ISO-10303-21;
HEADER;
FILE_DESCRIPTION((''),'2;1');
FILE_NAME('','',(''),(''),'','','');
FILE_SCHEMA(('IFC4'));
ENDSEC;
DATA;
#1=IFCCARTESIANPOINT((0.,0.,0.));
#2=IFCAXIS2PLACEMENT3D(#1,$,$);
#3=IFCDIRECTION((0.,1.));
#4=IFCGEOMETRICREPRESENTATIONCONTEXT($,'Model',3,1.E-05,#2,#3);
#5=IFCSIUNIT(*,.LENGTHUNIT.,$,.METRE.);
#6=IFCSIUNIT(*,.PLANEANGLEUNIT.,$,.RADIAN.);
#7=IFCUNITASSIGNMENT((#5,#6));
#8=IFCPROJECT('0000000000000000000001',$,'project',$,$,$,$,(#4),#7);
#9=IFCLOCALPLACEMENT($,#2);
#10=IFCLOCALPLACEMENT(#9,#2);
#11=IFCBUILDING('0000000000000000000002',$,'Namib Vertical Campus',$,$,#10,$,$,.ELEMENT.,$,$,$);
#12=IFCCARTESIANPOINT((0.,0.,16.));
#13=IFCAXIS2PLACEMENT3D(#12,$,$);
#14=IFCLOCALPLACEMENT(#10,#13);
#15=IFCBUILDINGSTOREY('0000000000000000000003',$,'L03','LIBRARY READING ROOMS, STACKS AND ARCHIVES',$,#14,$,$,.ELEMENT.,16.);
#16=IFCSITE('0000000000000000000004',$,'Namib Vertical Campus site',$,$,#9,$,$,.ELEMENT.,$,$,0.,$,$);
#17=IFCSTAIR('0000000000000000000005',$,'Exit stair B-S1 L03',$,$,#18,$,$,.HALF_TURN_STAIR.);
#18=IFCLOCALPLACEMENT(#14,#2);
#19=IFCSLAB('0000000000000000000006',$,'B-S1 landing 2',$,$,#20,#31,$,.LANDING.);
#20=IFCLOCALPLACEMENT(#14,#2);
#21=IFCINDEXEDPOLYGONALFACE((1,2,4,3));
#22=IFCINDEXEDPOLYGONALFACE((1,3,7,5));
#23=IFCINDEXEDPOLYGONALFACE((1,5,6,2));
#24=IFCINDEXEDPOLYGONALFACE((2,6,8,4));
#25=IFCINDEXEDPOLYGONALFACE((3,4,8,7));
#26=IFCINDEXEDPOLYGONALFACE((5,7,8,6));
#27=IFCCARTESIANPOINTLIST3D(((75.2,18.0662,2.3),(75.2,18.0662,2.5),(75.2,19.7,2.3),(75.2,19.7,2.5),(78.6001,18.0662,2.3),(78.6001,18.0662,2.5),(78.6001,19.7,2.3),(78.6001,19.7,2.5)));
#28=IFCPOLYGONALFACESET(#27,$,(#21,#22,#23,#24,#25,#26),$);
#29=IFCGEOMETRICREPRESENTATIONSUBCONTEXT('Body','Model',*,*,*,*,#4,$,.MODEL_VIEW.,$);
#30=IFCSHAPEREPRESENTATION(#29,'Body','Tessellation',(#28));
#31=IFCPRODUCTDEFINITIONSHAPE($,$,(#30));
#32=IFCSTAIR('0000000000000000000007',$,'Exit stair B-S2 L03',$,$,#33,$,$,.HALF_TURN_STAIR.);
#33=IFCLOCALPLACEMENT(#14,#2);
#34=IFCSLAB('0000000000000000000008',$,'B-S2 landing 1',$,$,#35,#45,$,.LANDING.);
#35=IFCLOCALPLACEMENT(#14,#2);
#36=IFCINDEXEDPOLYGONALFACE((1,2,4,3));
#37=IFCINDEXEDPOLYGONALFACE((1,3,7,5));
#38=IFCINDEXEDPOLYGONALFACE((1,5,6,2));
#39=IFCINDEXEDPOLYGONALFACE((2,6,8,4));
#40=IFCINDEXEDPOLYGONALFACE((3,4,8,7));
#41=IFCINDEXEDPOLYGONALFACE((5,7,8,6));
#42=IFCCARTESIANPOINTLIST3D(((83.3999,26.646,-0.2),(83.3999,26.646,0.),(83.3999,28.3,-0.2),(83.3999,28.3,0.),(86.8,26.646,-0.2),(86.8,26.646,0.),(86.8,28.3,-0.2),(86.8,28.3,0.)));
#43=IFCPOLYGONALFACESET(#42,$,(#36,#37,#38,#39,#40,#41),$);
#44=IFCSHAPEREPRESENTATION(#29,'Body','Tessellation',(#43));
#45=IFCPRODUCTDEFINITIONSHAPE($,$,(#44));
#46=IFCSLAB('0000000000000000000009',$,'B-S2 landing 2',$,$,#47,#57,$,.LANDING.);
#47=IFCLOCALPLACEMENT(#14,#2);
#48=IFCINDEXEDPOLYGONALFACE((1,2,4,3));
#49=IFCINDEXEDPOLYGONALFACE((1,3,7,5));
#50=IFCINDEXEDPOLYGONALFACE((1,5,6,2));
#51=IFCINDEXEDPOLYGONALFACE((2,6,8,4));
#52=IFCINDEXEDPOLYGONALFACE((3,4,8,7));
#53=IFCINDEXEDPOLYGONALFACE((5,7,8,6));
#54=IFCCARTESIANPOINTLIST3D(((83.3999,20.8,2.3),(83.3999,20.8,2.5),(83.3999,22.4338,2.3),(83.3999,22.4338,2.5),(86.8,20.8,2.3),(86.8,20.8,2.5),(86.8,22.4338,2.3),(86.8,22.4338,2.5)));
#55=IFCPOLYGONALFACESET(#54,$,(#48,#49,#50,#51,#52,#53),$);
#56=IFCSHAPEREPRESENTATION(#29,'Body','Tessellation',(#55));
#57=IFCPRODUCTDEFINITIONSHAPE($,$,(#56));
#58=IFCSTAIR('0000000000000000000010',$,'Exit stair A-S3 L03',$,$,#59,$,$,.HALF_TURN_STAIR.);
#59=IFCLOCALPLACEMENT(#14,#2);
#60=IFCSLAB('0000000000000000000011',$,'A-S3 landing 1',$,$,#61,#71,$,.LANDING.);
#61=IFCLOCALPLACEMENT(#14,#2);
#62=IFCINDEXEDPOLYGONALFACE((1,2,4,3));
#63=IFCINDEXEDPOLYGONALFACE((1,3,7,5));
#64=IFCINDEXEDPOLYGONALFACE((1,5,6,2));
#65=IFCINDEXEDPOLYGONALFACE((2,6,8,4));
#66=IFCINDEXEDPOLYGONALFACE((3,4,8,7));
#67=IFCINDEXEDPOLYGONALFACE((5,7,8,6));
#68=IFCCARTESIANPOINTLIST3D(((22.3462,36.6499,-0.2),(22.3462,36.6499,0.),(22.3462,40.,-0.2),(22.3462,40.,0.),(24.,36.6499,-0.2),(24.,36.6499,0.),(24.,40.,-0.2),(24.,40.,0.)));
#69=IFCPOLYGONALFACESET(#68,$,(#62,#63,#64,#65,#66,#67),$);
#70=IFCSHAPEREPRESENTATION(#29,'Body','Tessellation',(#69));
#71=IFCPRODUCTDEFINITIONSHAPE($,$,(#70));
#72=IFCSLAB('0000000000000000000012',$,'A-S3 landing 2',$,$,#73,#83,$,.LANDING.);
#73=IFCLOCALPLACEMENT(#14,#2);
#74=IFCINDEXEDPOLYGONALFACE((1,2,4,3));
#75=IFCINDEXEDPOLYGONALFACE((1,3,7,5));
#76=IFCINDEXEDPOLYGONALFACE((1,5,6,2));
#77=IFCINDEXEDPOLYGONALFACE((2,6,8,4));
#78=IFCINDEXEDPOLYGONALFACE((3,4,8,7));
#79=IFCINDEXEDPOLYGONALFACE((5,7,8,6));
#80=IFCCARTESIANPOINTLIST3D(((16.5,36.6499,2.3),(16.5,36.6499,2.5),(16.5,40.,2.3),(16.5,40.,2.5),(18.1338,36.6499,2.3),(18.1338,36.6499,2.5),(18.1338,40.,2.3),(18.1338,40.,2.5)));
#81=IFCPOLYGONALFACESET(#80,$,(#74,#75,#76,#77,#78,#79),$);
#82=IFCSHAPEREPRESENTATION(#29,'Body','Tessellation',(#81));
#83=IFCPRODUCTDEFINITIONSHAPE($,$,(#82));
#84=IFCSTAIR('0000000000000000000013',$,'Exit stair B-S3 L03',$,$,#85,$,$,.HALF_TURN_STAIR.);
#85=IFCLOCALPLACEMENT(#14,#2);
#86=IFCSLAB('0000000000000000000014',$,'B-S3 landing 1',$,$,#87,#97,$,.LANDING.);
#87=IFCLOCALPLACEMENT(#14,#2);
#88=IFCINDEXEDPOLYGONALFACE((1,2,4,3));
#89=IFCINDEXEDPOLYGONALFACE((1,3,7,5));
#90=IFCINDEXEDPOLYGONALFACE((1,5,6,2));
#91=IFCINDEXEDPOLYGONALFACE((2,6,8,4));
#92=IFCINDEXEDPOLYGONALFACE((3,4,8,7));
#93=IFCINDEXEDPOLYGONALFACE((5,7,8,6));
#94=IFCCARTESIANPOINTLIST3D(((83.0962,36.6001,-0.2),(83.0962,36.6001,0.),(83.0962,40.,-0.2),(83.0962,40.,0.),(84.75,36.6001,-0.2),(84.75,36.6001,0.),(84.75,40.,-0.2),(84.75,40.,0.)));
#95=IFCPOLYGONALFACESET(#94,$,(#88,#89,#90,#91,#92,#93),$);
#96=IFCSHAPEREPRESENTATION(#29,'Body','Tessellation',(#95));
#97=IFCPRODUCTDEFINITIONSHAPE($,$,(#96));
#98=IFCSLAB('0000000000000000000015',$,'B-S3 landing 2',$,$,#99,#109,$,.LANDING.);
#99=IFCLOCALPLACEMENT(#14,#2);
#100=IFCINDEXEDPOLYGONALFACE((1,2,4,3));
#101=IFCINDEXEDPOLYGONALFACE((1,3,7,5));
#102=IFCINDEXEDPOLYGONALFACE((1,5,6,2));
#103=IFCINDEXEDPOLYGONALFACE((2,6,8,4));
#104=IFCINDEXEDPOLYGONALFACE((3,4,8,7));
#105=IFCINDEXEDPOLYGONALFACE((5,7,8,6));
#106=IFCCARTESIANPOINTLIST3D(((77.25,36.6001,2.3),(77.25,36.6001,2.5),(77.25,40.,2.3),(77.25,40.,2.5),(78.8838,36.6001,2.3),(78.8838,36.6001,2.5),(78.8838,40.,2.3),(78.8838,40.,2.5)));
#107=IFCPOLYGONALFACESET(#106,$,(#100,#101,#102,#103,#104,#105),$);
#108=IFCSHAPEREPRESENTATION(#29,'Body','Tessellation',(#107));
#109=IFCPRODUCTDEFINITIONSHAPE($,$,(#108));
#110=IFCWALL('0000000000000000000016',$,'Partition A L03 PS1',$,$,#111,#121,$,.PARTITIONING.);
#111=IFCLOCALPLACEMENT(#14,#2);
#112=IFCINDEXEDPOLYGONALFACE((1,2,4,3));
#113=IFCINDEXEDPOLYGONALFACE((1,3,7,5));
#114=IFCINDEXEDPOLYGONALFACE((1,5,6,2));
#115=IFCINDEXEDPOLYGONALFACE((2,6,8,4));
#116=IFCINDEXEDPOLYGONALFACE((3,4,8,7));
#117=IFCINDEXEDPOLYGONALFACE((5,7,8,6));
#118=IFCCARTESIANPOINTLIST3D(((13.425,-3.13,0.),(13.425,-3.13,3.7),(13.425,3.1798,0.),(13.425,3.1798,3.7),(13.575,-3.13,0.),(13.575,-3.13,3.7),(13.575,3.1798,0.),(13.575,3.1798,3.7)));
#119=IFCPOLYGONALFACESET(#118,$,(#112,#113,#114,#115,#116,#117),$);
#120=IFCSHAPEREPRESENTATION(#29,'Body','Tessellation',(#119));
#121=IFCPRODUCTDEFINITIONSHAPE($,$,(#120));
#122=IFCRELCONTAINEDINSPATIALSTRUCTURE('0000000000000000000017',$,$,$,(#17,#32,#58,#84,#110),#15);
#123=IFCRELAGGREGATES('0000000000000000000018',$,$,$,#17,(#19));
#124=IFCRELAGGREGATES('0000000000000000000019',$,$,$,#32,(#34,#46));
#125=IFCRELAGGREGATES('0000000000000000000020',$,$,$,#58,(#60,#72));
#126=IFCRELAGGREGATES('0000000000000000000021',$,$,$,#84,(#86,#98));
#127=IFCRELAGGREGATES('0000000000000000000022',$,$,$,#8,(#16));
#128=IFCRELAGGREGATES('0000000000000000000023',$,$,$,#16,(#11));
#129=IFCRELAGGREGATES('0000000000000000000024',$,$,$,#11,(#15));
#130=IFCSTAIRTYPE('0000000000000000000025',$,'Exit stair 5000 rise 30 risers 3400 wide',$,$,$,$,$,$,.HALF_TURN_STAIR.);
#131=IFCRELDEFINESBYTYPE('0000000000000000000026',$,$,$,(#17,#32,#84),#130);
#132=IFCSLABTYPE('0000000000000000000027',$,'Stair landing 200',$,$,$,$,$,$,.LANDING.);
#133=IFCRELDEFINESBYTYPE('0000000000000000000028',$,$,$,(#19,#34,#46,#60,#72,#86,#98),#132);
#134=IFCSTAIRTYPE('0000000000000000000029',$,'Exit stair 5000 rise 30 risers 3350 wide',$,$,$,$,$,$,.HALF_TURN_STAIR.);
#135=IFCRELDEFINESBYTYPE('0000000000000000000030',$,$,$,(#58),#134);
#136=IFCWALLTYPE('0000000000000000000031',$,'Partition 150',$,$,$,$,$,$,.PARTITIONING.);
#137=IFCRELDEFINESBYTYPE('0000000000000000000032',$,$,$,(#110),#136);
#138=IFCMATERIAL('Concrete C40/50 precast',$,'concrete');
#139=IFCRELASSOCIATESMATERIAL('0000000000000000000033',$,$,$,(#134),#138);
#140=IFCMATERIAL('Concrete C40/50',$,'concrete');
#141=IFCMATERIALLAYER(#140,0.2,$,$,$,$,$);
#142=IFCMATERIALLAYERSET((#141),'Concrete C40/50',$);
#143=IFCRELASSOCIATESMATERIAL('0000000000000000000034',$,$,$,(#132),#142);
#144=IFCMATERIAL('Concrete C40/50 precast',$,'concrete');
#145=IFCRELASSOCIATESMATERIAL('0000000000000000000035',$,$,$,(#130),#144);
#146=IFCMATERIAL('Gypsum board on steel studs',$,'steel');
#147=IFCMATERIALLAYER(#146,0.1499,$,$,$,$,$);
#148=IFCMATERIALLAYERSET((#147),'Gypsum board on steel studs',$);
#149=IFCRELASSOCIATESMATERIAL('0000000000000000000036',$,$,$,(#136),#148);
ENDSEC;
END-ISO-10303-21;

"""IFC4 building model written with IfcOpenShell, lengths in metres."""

from ifc_helpers import new_model, si_unit, direction, frame, frame_2d, origin, place, context, subcontext, project, spatial, polyline, rectangle, outline, extrude, material, layer, layer_set, type_object, element, aggregate, save


model = new_model("IFC4")

# Units and contexts
model_context = context("Model", 3, precision=1e-05, world=origin(), true_north=direction((0.0, 1.0)))
body_context = subcontext(model_context, "Body", "Model", "MODEL_VIEW")
ifc_project = project(units=[si_unit("LENGTHUNIT", "METRE"), si_unit("PLANEANGLEUNIT", "RADIAN")], contexts=[model_context])

# Site, building, storey
site_placement = place(None, origin())
site = spatial("IfcSite", under=ifc_project, at=site_placement, Name="Namib Vertical Campus site", CompositionType="ELEMENT", RefElevation=0.0)
building_placement = place(site_placement, origin())
building = spatial("IfcBuilding", under=site, at=building_placement, Name="Namib Vertical Campus", CompositionType="ELEMENT")
storey_placement = place(building_placement, frame((0.0, 0.0, 16.0)))
storey = spatial("IfcBuildingStorey", under=building, at=storey_placement, Name="L03", Description="LIBRARY READING ROOMS, STACKS AND ARCHIVES", CompositionType="ELEMENT", Elevation=16.0)

# Stairs, slabs
ifc_material_1 = material(Name="Concrete C40/50 precast", Category="concrete")
stair_type_1 = type_object("IfcStairType", Name="Exit stair 5000 rise 30 risers 3350 wide", PredefinedType="HALF_TURN_STAIR", material=ifc_material_1)
ifc_material_2 = material(Name="Concrete C40/50", Category="concrete")
ifc_layer_1 = layer(ifc_material_2, 0.2)
ifc_layer_set_1 = layer_set([ifc_layer_1], Name="Concrete C40/50")
slab_type_1 = type_object("IfcSlabType", Name="Stair landing 200", PredefinedType="LANDING", material=ifc_layer_set_1)
ifc_material_3 = material(Name="Concrete C40/50 precast", Category="concrete")
stair_type_2 = type_object("IfcStairType", Name="Exit stair 5000 rise 30 risers 3400 wide", PredefinedType="HALF_TURN_STAIR", material=ifc_material_3)
stair_1_placement = place(storey_placement, origin())
stair_1 = element("IfcStair", 1, at=stair_1_placement, inside=storey, type_object=stair_type_2, Name="Exit stair B-S1 L03", PredefinedType="HALF_TURN_STAIR")
slab_1_placement = place(storey_placement, frame((0.0, 0.0, 2.3)))
slab_1 = element("IfcSlab", 2, at=slab_1_placement, type_object=slab_type_1, Name="B-S1 landing 2", PredefinedType="LANDING", context=body_context, shape_type="SweptSolid", body=[
    extrude(outline(polyline([(75.2, 18.0662), (78.6001, 18.0662), (78.6001, 19.7), (75.2, 19.7), (75.2, 18.0662)])), origin(), (0.0, 0.0, 1.0), 0.2),
])
aggregate(stair_1, [slab_1])
stair_2_placement = place(storey_placement, origin())
stair_2 = element("IfcStair", 3, at=stair_2_placement, inside=storey, type_object=stair_type_2, Name="Exit stair B-S2 L03", PredefinedType="HALF_TURN_STAIR")
slab_2_placement = place(storey_placement, frame((0.0, 0.0, -0.2)))
slab_2 = element("IfcSlab", 4, at=slab_2_placement, type_object=slab_type_1, Name="B-S2 landing 1", PredefinedType="LANDING", context=body_context, shape_type="SweptSolid", body=[
    extrude(outline(polyline([(83.3999, 26.646), (86.8, 26.646), (86.8, 28.3), (83.3999, 28.3), (83.3999, 26.646)])), origin(), (0.0, 0.0, 1.0), 0.2),
])
slab_3_placement = place(storey_placement, frame((0.0, 0.0, 2.3)))
slab_3 = element("IfcSlab", 5, at=slab_3_placement, type_object=slab_type_1, Name="B-S2 landing 2", PredefinedType="LANDING", context=body_context, shape_type="SweptSolid", body=[
    extrude(outline(polyline([(83.3999, 20.8), (86.8, 20.8), (86.8, 22.4338), (83.3999, 22.4338), (83.3999, 20.8)])), origin(), (0.0, 0.0, 1.0), 0.2),
])
aggregate(stair_2, [slab_2, slab_3])
stair_3_placement = place(storey_placement, origin())
stair_3 = element("IfcStair", 6, at=stair_3_placement, inside=storey, type_object=stair_type_1, Name="Exit stair A-S3 L03", PredefinedType="HALF_TURN_STAIR")
slab_4_placement = place(storey_placement, frame((0.0, 0.0, -0.2)))
slab_4 = element("IfcSlab", 7, at=slab_4_placement, type_object=slab_type_1, Name="A-S3 landing 1", PredefinedType="LANDING", context=body_context, shape_type="SweptSolid", body=[
    extrude(outline(polyline([(22.3462, 36.6499), (22.3462, 40.0), (24.0, 40.0), (24.0, 36.6499), (22.3462, 36.6499)])), origin(), (0.0, 0.0, 1.0), 0.2),
])
slab_5_placement = place(storey_placement, frame((0.0, 0.0, 2.3)))
slab_5 = element("IfcSlab", 8, at=slab_5_placement, type_object=slab_type_1, Name="A-S3 landing 2", PredefinedType="LANDING", context=body_context, shape_type="SweptSolid", body=[
    extrude(outline(polyline([(16.5, 36.6499), (16.5, 40.0), (18.1338, 40.0), (18.1338, 36.6499), (16.5, 36.6499)])), origin(), (0.0, 0.0, 1.0), 0.2),
])
aggregate(stair_3, [slab_4, slab_5])
stair_4_placement = place(storey_placement, origin())
stair_4 = element("IfcStair", 9, at=stair_4_placement, inside=storey, type_object=stair_type_2, Name="Exit stair B-S3 L03", PredefinedType="HALF_TURN_STAIR")
slab_6_placement = place(storey_placement, frame((0.0, 0.0, -0.2)))
slab_6 = element("IfcSlab", 10, at=slab_6_placement, type_object=slab_type_1, Name="B-S3 landing 1", PredefinedType="LANDING", context=body_context, shape_type="SweptSolid", body=[
    extrude(outline(polyline([(83.0962, 36.6001), (83.0962, 40.0), (84.75, 40.0), (84.75, 36.6001), (83.0962, 36.6001)])), origin(), (0.0, 0.0, 1.0), 0.2),
])
slab_7_placement = place(storey_placement, frame((0.0, 0.0, 2.3)))
slab_7 = element("IfcSlab", 11, at=slab_7_placement, type_object=slab_type_1, Name="B-S3 landing 2", PredefinedType="LANDING", context=body_context, shape_type="SweptSolid", body=[
    extrude(outline(polyline([(77.25, 36.6001), (77.25, 40.0), (78.8838, 40.0), (78.8838, 36.6001), (77.25, 36.6001)])), origin(), (0.0, 0.0, 1.0), 0.2),
])
aggregate(stair_4, [slab_6, slab_7])

# Wall
ifc_material_4 = material(Name="Gypsum board on steel studs", Category="steel")
ifc_layer_2 = layer(ifc_material_4, 0.1499)
ifc_layer_set_2 = layer_set([ifc_layer_2], Name="Gypsum board on steel studs")
wall_type = type_object("IfcWallType", Name="Partition 150", PredefinedType="PARTITIONING", material=ifc_layer_set_2)
wall_placement = place(storey_placement, frame((13.5, -3.1299, 0.0), z_axis=(0.0, 0.0, 1.0), x_axis=(0.0, 1.0, 0.0)))
element("IfcWall", 12, at=wall_placement, inside=storey, type_object=wall_type, Name="Partition A L03 PS1", PredefinedType="PARTITIONING", context=body_context, shape_type="SweptSolid", body=[
    extrude(rectangle(XDim=6.3098, YDim=0.1499, at=frame_2d((3.1548, 0.0))), origin(), (0.0, 0.0, 1.0), 3.7),
])

save(model, "model.ifc")
